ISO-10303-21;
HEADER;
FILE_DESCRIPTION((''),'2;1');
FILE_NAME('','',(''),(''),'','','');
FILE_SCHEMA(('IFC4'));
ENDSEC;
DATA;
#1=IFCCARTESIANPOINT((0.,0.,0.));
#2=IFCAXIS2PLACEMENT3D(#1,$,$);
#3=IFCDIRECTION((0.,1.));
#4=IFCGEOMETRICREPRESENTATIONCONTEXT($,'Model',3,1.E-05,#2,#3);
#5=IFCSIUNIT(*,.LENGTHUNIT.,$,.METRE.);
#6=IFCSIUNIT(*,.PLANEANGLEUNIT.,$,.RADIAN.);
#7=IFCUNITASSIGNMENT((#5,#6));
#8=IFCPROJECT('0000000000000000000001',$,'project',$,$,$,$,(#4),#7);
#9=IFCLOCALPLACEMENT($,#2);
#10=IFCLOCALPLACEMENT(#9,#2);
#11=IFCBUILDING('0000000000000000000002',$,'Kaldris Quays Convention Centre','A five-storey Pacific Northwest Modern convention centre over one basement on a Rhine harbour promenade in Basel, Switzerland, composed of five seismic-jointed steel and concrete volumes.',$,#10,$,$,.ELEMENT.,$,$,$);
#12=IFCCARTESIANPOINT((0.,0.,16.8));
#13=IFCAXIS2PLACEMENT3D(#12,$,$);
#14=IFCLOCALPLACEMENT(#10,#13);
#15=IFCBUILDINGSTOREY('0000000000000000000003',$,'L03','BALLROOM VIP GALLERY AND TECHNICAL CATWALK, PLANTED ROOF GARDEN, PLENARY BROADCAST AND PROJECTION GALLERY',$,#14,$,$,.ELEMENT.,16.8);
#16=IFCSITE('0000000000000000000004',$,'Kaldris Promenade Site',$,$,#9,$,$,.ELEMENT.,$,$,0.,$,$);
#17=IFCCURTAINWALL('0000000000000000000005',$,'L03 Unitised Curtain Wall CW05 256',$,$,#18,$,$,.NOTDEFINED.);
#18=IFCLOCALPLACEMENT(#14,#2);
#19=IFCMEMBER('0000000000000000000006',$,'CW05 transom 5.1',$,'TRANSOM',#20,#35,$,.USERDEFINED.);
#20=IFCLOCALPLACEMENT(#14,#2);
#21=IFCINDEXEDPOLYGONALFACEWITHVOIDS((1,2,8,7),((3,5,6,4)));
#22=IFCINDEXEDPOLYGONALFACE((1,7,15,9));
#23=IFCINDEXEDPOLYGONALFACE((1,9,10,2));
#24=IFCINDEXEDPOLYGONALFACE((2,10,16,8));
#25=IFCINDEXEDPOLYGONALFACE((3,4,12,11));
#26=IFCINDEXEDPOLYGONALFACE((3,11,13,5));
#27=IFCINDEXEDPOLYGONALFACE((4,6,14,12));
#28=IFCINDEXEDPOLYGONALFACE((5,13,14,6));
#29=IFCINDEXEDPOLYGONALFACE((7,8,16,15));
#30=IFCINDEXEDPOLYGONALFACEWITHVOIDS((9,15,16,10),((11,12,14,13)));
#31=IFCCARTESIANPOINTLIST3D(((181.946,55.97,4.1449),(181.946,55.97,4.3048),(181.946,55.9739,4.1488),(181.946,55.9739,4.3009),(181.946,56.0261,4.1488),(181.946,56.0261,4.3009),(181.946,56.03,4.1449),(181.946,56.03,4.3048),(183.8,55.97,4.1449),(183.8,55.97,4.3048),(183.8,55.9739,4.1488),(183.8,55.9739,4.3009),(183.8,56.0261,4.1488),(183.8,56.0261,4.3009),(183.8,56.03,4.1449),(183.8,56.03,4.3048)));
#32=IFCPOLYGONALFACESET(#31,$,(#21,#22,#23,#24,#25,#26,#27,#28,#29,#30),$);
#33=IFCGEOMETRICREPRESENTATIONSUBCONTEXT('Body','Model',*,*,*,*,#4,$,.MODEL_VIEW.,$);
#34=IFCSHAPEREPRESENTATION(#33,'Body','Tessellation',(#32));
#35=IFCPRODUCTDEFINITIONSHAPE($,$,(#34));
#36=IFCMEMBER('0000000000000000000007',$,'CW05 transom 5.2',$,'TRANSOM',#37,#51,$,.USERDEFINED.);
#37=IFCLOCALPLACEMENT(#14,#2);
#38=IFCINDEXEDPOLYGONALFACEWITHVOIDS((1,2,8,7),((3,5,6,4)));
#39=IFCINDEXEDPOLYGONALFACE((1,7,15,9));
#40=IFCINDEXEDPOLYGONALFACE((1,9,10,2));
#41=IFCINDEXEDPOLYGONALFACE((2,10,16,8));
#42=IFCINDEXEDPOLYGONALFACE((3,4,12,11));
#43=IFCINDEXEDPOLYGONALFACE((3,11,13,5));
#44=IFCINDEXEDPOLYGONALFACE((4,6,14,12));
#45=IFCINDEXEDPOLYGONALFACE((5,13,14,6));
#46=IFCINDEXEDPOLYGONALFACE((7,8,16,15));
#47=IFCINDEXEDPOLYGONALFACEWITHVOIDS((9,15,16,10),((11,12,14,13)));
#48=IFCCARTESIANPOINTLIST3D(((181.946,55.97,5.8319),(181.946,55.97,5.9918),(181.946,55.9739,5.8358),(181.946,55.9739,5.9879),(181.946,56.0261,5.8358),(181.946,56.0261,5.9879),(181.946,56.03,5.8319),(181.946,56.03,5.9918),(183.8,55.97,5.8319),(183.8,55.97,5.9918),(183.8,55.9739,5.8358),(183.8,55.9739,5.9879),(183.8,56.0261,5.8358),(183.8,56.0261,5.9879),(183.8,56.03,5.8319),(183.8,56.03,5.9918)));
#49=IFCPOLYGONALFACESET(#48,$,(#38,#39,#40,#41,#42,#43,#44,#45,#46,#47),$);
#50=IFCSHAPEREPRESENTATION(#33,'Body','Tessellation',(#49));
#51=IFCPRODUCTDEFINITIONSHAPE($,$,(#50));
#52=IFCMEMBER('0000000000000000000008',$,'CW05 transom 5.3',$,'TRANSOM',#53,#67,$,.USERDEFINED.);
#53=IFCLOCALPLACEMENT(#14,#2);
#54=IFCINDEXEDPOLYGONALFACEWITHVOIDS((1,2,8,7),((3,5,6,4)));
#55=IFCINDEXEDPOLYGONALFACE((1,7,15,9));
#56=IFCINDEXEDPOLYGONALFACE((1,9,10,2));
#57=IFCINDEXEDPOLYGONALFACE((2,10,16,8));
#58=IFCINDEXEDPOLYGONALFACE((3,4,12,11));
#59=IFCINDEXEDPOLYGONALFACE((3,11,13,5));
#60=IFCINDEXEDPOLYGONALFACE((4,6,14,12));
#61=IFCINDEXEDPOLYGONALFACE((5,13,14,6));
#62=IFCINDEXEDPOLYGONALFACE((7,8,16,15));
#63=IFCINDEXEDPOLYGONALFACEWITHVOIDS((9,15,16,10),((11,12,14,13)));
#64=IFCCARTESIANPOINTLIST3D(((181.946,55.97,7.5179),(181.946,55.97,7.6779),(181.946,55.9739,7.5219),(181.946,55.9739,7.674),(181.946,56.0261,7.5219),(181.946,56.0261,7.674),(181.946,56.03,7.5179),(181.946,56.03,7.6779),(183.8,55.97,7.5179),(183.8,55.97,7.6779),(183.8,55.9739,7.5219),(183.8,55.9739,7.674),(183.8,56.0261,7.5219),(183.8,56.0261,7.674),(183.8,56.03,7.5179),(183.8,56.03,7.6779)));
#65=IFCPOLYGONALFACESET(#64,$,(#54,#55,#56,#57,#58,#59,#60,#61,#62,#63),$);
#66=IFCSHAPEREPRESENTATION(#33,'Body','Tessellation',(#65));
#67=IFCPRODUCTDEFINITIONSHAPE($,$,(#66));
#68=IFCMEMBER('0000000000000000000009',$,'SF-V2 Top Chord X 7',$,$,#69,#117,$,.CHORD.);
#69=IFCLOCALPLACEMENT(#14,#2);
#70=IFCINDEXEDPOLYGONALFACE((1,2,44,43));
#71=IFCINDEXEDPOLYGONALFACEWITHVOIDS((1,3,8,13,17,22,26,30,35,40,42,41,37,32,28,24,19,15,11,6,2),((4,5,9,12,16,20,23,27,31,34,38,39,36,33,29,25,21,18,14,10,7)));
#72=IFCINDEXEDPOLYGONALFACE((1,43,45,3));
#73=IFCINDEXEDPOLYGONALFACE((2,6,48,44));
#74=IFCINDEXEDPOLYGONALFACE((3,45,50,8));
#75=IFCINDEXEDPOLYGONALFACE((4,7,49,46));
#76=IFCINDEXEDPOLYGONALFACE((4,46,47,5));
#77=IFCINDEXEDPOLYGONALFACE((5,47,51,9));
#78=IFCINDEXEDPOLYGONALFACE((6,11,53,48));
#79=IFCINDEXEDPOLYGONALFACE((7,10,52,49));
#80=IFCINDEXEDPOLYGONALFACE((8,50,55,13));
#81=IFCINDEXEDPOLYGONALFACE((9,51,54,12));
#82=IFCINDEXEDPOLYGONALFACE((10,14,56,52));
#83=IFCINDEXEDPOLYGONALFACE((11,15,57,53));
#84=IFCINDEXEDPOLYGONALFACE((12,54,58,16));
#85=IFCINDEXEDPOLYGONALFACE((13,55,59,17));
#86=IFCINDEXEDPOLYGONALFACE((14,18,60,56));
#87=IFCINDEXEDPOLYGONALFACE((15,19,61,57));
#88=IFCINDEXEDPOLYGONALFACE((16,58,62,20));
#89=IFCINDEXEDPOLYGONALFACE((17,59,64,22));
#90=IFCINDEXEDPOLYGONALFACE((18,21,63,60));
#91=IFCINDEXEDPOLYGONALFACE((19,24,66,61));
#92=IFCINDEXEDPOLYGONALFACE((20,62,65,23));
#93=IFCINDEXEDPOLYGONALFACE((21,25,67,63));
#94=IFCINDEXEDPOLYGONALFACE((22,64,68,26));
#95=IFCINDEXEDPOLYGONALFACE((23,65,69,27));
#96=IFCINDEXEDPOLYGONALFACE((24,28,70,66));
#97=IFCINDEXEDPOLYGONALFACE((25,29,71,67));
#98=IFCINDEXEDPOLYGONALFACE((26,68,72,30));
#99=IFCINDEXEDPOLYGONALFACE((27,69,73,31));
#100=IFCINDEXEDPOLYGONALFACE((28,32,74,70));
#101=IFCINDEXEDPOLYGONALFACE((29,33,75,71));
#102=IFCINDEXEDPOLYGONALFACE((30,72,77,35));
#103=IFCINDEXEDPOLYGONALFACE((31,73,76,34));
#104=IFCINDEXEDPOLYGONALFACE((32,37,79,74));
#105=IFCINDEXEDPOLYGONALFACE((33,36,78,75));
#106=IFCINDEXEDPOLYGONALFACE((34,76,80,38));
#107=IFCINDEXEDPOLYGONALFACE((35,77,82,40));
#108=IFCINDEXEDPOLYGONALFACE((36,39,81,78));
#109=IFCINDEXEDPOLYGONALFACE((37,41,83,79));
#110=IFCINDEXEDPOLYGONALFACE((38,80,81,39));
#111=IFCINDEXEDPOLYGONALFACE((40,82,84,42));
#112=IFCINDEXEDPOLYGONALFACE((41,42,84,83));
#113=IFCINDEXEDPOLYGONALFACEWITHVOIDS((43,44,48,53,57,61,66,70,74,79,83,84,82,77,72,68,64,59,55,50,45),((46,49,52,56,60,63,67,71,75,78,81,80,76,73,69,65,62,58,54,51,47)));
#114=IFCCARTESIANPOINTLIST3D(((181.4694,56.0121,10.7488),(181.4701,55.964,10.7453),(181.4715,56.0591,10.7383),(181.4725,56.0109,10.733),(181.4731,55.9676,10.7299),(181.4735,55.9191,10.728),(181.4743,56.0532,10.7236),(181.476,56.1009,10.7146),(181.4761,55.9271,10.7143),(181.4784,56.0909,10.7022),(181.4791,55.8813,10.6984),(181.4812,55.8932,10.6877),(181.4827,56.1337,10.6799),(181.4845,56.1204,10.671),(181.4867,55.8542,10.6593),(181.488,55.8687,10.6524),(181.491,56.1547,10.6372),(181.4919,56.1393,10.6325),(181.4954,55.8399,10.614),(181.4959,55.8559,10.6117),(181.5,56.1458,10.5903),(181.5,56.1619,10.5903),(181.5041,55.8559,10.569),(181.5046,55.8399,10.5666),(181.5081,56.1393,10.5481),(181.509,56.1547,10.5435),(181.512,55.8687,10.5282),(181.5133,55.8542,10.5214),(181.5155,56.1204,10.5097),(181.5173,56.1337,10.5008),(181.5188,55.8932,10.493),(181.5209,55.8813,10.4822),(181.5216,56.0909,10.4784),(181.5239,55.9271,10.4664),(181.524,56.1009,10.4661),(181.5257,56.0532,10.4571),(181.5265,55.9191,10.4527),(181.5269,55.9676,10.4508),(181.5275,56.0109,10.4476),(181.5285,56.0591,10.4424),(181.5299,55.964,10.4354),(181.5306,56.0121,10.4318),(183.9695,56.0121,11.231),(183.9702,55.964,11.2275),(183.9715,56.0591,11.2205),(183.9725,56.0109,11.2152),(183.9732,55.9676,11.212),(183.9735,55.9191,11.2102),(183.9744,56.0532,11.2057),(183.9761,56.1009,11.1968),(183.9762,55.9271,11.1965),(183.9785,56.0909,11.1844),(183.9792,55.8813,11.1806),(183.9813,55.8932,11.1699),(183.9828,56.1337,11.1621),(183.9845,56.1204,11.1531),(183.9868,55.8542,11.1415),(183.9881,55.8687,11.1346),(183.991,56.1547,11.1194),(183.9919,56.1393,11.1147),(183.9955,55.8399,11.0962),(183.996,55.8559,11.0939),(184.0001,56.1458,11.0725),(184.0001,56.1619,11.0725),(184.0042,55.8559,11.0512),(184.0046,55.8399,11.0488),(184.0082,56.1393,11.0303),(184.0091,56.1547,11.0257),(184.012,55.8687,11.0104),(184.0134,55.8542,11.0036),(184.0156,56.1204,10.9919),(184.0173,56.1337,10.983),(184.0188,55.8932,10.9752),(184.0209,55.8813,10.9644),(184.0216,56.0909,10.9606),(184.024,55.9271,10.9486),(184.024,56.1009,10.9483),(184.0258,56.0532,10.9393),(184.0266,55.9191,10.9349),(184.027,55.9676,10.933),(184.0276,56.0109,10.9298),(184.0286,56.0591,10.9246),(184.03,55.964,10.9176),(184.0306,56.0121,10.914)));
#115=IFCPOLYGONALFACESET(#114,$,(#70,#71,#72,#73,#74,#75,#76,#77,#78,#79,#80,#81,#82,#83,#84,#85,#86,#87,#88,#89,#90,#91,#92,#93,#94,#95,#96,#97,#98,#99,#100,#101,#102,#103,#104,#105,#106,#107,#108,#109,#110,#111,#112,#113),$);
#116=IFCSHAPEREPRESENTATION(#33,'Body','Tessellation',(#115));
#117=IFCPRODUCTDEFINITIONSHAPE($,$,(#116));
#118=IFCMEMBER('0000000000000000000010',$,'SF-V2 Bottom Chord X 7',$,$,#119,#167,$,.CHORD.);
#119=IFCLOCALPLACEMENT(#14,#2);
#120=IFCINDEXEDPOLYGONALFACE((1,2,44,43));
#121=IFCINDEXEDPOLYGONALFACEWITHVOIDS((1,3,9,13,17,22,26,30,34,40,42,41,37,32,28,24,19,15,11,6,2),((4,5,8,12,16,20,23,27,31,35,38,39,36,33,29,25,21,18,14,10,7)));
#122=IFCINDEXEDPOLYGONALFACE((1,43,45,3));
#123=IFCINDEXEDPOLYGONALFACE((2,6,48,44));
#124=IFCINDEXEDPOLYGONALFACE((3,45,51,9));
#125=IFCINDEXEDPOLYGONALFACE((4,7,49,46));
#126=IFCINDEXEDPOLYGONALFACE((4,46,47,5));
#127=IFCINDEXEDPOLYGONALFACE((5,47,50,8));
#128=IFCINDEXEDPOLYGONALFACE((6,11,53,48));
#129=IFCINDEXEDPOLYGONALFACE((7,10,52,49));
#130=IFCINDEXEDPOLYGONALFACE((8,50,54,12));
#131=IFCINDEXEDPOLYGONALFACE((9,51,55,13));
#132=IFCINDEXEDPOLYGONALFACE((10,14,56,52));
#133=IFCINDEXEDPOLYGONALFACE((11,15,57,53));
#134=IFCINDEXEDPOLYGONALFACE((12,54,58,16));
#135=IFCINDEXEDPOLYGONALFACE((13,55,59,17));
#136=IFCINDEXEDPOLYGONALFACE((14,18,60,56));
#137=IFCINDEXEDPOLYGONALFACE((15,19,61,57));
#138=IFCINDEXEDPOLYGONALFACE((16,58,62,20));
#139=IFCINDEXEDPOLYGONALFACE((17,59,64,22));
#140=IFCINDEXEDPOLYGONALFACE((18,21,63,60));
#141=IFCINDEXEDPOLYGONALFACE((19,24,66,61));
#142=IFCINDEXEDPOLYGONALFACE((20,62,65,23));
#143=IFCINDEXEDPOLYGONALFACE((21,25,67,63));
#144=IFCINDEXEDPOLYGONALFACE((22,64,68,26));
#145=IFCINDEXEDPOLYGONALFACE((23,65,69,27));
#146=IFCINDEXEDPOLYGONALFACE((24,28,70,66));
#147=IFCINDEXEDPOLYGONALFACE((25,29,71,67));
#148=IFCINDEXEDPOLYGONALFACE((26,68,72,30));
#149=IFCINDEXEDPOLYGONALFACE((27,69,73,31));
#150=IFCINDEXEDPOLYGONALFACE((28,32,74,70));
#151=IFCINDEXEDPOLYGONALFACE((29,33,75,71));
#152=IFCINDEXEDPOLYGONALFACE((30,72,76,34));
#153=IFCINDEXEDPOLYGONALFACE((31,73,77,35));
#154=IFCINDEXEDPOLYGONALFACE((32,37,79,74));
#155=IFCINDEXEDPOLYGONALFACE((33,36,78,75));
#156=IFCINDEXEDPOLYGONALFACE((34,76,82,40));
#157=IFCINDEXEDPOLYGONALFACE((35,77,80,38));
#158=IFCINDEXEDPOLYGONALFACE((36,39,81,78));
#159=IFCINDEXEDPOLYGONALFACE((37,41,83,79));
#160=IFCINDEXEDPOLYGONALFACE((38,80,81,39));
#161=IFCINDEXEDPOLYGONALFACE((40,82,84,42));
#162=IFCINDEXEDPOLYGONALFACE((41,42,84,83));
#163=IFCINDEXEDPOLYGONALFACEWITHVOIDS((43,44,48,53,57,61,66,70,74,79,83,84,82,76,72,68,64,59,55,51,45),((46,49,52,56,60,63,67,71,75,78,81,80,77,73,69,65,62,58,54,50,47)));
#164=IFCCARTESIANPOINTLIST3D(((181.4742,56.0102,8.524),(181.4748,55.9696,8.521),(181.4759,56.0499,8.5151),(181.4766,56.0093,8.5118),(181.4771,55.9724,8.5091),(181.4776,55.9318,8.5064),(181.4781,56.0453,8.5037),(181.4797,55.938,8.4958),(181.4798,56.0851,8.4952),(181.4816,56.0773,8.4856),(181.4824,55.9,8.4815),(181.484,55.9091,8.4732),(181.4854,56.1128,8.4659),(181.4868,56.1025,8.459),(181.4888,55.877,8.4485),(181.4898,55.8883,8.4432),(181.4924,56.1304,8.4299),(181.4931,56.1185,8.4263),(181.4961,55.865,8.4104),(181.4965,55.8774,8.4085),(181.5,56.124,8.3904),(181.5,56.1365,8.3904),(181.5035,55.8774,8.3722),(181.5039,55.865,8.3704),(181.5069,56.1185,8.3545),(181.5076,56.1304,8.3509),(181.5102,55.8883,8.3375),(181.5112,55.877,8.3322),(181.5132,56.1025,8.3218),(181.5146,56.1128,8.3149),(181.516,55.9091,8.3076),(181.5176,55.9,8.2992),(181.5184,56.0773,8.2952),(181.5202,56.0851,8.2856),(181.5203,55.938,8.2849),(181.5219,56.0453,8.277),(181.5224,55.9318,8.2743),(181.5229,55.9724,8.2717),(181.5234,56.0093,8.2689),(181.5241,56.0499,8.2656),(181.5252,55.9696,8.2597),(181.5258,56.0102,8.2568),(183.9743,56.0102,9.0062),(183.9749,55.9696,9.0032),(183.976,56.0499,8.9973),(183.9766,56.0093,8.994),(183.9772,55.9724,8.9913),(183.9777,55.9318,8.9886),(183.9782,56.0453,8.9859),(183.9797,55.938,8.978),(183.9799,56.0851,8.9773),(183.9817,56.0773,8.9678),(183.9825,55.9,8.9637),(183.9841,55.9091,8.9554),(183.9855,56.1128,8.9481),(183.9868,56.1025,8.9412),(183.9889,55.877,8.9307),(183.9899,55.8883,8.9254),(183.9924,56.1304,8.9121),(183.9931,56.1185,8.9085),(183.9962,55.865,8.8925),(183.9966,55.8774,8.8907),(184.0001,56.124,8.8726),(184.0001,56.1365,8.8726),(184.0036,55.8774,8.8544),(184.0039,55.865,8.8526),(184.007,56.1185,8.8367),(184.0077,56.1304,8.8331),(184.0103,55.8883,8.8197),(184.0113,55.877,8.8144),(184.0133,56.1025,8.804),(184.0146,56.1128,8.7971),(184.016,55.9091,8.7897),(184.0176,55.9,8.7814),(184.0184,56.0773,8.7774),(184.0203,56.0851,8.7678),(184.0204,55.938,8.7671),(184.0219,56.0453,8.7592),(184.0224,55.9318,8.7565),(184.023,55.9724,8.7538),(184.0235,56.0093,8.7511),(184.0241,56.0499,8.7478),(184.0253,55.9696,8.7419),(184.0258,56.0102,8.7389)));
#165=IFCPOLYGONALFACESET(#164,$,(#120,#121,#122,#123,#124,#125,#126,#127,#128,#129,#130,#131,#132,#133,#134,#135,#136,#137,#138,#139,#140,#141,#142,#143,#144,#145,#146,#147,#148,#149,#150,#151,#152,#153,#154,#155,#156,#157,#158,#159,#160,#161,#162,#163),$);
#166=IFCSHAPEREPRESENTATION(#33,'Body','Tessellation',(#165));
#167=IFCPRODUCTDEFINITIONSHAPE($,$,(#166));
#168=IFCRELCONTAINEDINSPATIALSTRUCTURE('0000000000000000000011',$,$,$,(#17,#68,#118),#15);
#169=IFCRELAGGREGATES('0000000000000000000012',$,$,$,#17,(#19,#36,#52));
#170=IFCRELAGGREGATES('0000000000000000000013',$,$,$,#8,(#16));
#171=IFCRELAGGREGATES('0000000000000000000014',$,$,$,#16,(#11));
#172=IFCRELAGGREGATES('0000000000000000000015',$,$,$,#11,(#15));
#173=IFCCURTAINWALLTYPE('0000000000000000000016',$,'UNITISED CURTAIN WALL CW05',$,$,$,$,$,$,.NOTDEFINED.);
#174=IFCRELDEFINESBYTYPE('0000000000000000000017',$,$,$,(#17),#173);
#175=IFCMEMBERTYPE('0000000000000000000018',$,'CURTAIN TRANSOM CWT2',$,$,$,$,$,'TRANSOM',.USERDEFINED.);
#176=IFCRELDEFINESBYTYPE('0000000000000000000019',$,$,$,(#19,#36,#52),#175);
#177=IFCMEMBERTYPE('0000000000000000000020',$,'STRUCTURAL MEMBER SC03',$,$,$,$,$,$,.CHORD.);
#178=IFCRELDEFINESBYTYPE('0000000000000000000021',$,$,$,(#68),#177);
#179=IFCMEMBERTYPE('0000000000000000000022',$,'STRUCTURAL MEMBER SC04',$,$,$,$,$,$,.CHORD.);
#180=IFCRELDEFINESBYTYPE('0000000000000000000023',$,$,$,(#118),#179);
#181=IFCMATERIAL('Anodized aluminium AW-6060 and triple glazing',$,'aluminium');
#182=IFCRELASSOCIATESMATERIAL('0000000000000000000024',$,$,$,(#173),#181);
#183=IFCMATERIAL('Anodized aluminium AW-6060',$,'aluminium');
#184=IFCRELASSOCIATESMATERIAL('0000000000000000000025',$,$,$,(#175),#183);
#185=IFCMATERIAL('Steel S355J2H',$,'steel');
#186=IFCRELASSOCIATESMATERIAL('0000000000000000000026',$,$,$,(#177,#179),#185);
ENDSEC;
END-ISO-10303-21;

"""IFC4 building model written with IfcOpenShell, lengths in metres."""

from ifc_helpers import new_model, si_unit, direction, frame, origin, origin_2d, place, context, subcontext, project, spatial, hollow_rectangle, hollow_circle, extrude, material, material_profile, profile_set, type_object, element, aggregate, save


model = new_model("IFC4")

# Units and contexts
model_context = context("Model", 3, precision=1e-05, world=origin(), true_north=direction((0.0, 1.0)))
body_context = subcontext(model_context, "Body", "Model", "MODEL_VIEW")
ifc_project = project(units=[si_unit("LENGTHUNIT", "METRE"), si_unit("PLANEANGLEUNIT", "RADIAN")], contexts=[model_context])

# Site, building, storey
site_placement = place(None, origin())
site = spatial("IfcSite", under=ifc_project, at=site_placement, Name="Kaldris Promenade Site", CompositionType="ELEMENT", RefElevation=0.0)
building_placement = place(site_placement, origin())
building = spatial("IfcBuilding", under=site, at=building_placement, Name="Kaldris Quays Convention Centre", Description="A five-storey Pacific Northwest Modern convention centre over one basement on a Rhine harbour promenade in Basel, Switzerland, composed of five seismic-jointed steel and concrete volumes.", CompositionType="ELEMENT")
storey_placement = place(building_placement, frame((0.0, 0.0, 16.8)))
storey = spatial("IfcBuildingStorey", under=building, at=storey_placement, Name="L03", Description="BALLROOM VIP GALLERY AND TECHNICAL CATWALK, PLANTED ROOF GARDEN, PLENARY BROADCAST AND PROJECTION GALLERY", CompositionType="ELEMENT", Elevation=16.8)

# Curtain wall
ifc_material_1 = material(Name="Anodized aluminium AW-6060 and triple glazing", Category="aluminium")
ifc_material_2 = material(Name="Anodized aluminium AW-6060", Category="aluminium")
curtain_wall_type_1 = type_object("IfcCurtainWallType", Name="UNITISED CURTAIN WALL CW05", PredefinedType="NOTDEFINED", material=ifc_material_1)
curtain_wall_1_placement = place(storey_placement, origin())
curtain_wall_1 = element("IfcCurtainWall", 1, at=curtain_wall_1_placement, inside=storey, type_object=curtain_wall_type_1, Name="L03 Unitised Curtain Wall CW05 256", PredefinedType="NOTDEFINED")

# Members
ifc_material_profile_1 = material_profile(ifc_material_2, hollow_rectangle(XDim=0.0601, YDim=0.1599, WallThickness=0.0039, at=origin_2d()), Name="RHS 160x60x4")
ifc_profile_set_1 = profile_set([ifc_material_profile_1], Name="Anodized aluminium AW-6060")
member_type_1 = type_object("IfcMemberType", Name="CURTAIN TRANSOM CWT2", ElementType="TRANSOM", PredefinedType="USERDEFINED", material=ifc_profile_set_1)
member_1_placement = place(storey_placement, frame((181.946, 56.0, 4.2249), z_axis=(1.0, 0.0, 0.0), x_axis=(0.0, 1.0, 0.0)))
member_1 = element("IfcMember", 2, at=member_1_placement, type_object=member_type_1, Name="CW05 transom 5.1", ObjectType="TRANSOM", PredefinedType="USERDEFINED", context=body_context, shape_type="SweptSolid", body=[
    extrude(hollow_rectangle(XDim=0.0601, YDim=0.1599, WallThickness=0.0039, at=origin_2d()), origin(), (0.0, 0.0, 1.0), 1.854),
])
member_2_placement = place(storey_placement, frame((181.946, 56.0, 5.9119), z_axis=(1.0, 0.0, 0.0), x_axis=(0.0, 1.0, 0.0)))
member_2 = element("IfcMember", 3, at=member_2_placement, type_object=member_type_1, Name="CW05 transom 5.2", ObjectType="TRANSOM", PredefinedType="USERDEFINED", context=body_context, shape_type="SweptSolid", body=[
    extrude(hollow_rectangle(XDim=0.0601, YDim=0.1599, WallThickness=0.0039, at=origin_2d()), origin(), (0.0, 0.0, 1.0), 1.854),
])
member_3_placement = place(storey_placement, frame((181.946, 56.0, 7.5979), z_axis=(1.0, 0.0, 0.0), x_axis=(0.0, 1.0, 0.0)))
member_3 = element("IfcMember", 4, at=member_3_placement, type_object=member_type_1, Name="CW05 transom 5.3", ObjectType="TRANSOM", PredefinedType="USERDEFINED", context=body_context, shape_type="SweptSolid", body=[
    extrude(hollow_rectangle(XDim=0.0601, YDim=0.1599, WallThickness=0.0039, at=origin_2d()), origin(), (0.0, 0.0, 1.0), 1.854),
])

# Members
ifc_material_3 = material(Name="Steel S355J2H", Category="steel")
ifc_material_profile_2 = material_profile(ifc_material_3, hollow_circle(Radius=0.1619, WallThickness=0.0161, at=origin_2d()), Name="CHS 323.9x16")
ifc_profile_set_2 = profile_set([ifc_material_profile_2], Name="Steel S355J2H")
member_type_2 = type_object("IfcMemberType", Name="STRUCTURAL MEMBER SC03", PredefinedType="CHORD", material=ifc_profile_set_2)
member_4_placement = place(storey_placement, frame((181.5, 56.0, 10.5903), z_axis=(0.981904, 0.0, 0.189381), x_axis=(0.0, 1.0, 0.0)))
element("IfcMember", 5, at=member_4_placement, inside=storey, type_object=member_type_2, Name="SF-V2 Top Chord X 7", PredefinedType="CHORD", context=body_context, shape_type="SweptSolid", body=[
    extrude(hollow_circle(Radius=0.1619, WallThickness=0.0161, at=origin_2d()), origin(), (0.0, 0.0, 1.0), 2.5461),
])
ifc_material_profile_3 = material_profile(ifc_material_3, hollow_circle(Radius=0.1365, WallThickness=0.0125, at=origin_2d()), Name="CHS 273x12.5")
ifc_profile_set_3 = profile_set([ifc_material_profile_3], Name="Steel S355J2H")
member_type_3 = type_object("IfcMemberType", Name="STRUCTURAL MEMBER SC04", PredefinedType="CHORD", material=ifc_profile_set_3)
member_5_placement = place(storey_placement, frame((181.5, 56.0, 8.3904), z_axis=(0.981904, 0.0, 0.189381), x_axis=(0.0, 1.0, 0.0)))
element("IfcMember", 6, at=member_5_placement, inside=storey, type_object=member_type_3, Name="SF-V2 Bottom Chord X 7", PredefinedType="CHORD", context=body_context, shape_type="SweptSolid", body=[
    extrude(hollow_circle(Radius=0.1365, WallThickness=0.0125, at=origin_2d()), origin(), (0.0, 0.0, 1.0), 2.5461),
])

aggregate(curtain_wall_1, [member_1, member_2, member_3])

save(model, "model.ifc")
